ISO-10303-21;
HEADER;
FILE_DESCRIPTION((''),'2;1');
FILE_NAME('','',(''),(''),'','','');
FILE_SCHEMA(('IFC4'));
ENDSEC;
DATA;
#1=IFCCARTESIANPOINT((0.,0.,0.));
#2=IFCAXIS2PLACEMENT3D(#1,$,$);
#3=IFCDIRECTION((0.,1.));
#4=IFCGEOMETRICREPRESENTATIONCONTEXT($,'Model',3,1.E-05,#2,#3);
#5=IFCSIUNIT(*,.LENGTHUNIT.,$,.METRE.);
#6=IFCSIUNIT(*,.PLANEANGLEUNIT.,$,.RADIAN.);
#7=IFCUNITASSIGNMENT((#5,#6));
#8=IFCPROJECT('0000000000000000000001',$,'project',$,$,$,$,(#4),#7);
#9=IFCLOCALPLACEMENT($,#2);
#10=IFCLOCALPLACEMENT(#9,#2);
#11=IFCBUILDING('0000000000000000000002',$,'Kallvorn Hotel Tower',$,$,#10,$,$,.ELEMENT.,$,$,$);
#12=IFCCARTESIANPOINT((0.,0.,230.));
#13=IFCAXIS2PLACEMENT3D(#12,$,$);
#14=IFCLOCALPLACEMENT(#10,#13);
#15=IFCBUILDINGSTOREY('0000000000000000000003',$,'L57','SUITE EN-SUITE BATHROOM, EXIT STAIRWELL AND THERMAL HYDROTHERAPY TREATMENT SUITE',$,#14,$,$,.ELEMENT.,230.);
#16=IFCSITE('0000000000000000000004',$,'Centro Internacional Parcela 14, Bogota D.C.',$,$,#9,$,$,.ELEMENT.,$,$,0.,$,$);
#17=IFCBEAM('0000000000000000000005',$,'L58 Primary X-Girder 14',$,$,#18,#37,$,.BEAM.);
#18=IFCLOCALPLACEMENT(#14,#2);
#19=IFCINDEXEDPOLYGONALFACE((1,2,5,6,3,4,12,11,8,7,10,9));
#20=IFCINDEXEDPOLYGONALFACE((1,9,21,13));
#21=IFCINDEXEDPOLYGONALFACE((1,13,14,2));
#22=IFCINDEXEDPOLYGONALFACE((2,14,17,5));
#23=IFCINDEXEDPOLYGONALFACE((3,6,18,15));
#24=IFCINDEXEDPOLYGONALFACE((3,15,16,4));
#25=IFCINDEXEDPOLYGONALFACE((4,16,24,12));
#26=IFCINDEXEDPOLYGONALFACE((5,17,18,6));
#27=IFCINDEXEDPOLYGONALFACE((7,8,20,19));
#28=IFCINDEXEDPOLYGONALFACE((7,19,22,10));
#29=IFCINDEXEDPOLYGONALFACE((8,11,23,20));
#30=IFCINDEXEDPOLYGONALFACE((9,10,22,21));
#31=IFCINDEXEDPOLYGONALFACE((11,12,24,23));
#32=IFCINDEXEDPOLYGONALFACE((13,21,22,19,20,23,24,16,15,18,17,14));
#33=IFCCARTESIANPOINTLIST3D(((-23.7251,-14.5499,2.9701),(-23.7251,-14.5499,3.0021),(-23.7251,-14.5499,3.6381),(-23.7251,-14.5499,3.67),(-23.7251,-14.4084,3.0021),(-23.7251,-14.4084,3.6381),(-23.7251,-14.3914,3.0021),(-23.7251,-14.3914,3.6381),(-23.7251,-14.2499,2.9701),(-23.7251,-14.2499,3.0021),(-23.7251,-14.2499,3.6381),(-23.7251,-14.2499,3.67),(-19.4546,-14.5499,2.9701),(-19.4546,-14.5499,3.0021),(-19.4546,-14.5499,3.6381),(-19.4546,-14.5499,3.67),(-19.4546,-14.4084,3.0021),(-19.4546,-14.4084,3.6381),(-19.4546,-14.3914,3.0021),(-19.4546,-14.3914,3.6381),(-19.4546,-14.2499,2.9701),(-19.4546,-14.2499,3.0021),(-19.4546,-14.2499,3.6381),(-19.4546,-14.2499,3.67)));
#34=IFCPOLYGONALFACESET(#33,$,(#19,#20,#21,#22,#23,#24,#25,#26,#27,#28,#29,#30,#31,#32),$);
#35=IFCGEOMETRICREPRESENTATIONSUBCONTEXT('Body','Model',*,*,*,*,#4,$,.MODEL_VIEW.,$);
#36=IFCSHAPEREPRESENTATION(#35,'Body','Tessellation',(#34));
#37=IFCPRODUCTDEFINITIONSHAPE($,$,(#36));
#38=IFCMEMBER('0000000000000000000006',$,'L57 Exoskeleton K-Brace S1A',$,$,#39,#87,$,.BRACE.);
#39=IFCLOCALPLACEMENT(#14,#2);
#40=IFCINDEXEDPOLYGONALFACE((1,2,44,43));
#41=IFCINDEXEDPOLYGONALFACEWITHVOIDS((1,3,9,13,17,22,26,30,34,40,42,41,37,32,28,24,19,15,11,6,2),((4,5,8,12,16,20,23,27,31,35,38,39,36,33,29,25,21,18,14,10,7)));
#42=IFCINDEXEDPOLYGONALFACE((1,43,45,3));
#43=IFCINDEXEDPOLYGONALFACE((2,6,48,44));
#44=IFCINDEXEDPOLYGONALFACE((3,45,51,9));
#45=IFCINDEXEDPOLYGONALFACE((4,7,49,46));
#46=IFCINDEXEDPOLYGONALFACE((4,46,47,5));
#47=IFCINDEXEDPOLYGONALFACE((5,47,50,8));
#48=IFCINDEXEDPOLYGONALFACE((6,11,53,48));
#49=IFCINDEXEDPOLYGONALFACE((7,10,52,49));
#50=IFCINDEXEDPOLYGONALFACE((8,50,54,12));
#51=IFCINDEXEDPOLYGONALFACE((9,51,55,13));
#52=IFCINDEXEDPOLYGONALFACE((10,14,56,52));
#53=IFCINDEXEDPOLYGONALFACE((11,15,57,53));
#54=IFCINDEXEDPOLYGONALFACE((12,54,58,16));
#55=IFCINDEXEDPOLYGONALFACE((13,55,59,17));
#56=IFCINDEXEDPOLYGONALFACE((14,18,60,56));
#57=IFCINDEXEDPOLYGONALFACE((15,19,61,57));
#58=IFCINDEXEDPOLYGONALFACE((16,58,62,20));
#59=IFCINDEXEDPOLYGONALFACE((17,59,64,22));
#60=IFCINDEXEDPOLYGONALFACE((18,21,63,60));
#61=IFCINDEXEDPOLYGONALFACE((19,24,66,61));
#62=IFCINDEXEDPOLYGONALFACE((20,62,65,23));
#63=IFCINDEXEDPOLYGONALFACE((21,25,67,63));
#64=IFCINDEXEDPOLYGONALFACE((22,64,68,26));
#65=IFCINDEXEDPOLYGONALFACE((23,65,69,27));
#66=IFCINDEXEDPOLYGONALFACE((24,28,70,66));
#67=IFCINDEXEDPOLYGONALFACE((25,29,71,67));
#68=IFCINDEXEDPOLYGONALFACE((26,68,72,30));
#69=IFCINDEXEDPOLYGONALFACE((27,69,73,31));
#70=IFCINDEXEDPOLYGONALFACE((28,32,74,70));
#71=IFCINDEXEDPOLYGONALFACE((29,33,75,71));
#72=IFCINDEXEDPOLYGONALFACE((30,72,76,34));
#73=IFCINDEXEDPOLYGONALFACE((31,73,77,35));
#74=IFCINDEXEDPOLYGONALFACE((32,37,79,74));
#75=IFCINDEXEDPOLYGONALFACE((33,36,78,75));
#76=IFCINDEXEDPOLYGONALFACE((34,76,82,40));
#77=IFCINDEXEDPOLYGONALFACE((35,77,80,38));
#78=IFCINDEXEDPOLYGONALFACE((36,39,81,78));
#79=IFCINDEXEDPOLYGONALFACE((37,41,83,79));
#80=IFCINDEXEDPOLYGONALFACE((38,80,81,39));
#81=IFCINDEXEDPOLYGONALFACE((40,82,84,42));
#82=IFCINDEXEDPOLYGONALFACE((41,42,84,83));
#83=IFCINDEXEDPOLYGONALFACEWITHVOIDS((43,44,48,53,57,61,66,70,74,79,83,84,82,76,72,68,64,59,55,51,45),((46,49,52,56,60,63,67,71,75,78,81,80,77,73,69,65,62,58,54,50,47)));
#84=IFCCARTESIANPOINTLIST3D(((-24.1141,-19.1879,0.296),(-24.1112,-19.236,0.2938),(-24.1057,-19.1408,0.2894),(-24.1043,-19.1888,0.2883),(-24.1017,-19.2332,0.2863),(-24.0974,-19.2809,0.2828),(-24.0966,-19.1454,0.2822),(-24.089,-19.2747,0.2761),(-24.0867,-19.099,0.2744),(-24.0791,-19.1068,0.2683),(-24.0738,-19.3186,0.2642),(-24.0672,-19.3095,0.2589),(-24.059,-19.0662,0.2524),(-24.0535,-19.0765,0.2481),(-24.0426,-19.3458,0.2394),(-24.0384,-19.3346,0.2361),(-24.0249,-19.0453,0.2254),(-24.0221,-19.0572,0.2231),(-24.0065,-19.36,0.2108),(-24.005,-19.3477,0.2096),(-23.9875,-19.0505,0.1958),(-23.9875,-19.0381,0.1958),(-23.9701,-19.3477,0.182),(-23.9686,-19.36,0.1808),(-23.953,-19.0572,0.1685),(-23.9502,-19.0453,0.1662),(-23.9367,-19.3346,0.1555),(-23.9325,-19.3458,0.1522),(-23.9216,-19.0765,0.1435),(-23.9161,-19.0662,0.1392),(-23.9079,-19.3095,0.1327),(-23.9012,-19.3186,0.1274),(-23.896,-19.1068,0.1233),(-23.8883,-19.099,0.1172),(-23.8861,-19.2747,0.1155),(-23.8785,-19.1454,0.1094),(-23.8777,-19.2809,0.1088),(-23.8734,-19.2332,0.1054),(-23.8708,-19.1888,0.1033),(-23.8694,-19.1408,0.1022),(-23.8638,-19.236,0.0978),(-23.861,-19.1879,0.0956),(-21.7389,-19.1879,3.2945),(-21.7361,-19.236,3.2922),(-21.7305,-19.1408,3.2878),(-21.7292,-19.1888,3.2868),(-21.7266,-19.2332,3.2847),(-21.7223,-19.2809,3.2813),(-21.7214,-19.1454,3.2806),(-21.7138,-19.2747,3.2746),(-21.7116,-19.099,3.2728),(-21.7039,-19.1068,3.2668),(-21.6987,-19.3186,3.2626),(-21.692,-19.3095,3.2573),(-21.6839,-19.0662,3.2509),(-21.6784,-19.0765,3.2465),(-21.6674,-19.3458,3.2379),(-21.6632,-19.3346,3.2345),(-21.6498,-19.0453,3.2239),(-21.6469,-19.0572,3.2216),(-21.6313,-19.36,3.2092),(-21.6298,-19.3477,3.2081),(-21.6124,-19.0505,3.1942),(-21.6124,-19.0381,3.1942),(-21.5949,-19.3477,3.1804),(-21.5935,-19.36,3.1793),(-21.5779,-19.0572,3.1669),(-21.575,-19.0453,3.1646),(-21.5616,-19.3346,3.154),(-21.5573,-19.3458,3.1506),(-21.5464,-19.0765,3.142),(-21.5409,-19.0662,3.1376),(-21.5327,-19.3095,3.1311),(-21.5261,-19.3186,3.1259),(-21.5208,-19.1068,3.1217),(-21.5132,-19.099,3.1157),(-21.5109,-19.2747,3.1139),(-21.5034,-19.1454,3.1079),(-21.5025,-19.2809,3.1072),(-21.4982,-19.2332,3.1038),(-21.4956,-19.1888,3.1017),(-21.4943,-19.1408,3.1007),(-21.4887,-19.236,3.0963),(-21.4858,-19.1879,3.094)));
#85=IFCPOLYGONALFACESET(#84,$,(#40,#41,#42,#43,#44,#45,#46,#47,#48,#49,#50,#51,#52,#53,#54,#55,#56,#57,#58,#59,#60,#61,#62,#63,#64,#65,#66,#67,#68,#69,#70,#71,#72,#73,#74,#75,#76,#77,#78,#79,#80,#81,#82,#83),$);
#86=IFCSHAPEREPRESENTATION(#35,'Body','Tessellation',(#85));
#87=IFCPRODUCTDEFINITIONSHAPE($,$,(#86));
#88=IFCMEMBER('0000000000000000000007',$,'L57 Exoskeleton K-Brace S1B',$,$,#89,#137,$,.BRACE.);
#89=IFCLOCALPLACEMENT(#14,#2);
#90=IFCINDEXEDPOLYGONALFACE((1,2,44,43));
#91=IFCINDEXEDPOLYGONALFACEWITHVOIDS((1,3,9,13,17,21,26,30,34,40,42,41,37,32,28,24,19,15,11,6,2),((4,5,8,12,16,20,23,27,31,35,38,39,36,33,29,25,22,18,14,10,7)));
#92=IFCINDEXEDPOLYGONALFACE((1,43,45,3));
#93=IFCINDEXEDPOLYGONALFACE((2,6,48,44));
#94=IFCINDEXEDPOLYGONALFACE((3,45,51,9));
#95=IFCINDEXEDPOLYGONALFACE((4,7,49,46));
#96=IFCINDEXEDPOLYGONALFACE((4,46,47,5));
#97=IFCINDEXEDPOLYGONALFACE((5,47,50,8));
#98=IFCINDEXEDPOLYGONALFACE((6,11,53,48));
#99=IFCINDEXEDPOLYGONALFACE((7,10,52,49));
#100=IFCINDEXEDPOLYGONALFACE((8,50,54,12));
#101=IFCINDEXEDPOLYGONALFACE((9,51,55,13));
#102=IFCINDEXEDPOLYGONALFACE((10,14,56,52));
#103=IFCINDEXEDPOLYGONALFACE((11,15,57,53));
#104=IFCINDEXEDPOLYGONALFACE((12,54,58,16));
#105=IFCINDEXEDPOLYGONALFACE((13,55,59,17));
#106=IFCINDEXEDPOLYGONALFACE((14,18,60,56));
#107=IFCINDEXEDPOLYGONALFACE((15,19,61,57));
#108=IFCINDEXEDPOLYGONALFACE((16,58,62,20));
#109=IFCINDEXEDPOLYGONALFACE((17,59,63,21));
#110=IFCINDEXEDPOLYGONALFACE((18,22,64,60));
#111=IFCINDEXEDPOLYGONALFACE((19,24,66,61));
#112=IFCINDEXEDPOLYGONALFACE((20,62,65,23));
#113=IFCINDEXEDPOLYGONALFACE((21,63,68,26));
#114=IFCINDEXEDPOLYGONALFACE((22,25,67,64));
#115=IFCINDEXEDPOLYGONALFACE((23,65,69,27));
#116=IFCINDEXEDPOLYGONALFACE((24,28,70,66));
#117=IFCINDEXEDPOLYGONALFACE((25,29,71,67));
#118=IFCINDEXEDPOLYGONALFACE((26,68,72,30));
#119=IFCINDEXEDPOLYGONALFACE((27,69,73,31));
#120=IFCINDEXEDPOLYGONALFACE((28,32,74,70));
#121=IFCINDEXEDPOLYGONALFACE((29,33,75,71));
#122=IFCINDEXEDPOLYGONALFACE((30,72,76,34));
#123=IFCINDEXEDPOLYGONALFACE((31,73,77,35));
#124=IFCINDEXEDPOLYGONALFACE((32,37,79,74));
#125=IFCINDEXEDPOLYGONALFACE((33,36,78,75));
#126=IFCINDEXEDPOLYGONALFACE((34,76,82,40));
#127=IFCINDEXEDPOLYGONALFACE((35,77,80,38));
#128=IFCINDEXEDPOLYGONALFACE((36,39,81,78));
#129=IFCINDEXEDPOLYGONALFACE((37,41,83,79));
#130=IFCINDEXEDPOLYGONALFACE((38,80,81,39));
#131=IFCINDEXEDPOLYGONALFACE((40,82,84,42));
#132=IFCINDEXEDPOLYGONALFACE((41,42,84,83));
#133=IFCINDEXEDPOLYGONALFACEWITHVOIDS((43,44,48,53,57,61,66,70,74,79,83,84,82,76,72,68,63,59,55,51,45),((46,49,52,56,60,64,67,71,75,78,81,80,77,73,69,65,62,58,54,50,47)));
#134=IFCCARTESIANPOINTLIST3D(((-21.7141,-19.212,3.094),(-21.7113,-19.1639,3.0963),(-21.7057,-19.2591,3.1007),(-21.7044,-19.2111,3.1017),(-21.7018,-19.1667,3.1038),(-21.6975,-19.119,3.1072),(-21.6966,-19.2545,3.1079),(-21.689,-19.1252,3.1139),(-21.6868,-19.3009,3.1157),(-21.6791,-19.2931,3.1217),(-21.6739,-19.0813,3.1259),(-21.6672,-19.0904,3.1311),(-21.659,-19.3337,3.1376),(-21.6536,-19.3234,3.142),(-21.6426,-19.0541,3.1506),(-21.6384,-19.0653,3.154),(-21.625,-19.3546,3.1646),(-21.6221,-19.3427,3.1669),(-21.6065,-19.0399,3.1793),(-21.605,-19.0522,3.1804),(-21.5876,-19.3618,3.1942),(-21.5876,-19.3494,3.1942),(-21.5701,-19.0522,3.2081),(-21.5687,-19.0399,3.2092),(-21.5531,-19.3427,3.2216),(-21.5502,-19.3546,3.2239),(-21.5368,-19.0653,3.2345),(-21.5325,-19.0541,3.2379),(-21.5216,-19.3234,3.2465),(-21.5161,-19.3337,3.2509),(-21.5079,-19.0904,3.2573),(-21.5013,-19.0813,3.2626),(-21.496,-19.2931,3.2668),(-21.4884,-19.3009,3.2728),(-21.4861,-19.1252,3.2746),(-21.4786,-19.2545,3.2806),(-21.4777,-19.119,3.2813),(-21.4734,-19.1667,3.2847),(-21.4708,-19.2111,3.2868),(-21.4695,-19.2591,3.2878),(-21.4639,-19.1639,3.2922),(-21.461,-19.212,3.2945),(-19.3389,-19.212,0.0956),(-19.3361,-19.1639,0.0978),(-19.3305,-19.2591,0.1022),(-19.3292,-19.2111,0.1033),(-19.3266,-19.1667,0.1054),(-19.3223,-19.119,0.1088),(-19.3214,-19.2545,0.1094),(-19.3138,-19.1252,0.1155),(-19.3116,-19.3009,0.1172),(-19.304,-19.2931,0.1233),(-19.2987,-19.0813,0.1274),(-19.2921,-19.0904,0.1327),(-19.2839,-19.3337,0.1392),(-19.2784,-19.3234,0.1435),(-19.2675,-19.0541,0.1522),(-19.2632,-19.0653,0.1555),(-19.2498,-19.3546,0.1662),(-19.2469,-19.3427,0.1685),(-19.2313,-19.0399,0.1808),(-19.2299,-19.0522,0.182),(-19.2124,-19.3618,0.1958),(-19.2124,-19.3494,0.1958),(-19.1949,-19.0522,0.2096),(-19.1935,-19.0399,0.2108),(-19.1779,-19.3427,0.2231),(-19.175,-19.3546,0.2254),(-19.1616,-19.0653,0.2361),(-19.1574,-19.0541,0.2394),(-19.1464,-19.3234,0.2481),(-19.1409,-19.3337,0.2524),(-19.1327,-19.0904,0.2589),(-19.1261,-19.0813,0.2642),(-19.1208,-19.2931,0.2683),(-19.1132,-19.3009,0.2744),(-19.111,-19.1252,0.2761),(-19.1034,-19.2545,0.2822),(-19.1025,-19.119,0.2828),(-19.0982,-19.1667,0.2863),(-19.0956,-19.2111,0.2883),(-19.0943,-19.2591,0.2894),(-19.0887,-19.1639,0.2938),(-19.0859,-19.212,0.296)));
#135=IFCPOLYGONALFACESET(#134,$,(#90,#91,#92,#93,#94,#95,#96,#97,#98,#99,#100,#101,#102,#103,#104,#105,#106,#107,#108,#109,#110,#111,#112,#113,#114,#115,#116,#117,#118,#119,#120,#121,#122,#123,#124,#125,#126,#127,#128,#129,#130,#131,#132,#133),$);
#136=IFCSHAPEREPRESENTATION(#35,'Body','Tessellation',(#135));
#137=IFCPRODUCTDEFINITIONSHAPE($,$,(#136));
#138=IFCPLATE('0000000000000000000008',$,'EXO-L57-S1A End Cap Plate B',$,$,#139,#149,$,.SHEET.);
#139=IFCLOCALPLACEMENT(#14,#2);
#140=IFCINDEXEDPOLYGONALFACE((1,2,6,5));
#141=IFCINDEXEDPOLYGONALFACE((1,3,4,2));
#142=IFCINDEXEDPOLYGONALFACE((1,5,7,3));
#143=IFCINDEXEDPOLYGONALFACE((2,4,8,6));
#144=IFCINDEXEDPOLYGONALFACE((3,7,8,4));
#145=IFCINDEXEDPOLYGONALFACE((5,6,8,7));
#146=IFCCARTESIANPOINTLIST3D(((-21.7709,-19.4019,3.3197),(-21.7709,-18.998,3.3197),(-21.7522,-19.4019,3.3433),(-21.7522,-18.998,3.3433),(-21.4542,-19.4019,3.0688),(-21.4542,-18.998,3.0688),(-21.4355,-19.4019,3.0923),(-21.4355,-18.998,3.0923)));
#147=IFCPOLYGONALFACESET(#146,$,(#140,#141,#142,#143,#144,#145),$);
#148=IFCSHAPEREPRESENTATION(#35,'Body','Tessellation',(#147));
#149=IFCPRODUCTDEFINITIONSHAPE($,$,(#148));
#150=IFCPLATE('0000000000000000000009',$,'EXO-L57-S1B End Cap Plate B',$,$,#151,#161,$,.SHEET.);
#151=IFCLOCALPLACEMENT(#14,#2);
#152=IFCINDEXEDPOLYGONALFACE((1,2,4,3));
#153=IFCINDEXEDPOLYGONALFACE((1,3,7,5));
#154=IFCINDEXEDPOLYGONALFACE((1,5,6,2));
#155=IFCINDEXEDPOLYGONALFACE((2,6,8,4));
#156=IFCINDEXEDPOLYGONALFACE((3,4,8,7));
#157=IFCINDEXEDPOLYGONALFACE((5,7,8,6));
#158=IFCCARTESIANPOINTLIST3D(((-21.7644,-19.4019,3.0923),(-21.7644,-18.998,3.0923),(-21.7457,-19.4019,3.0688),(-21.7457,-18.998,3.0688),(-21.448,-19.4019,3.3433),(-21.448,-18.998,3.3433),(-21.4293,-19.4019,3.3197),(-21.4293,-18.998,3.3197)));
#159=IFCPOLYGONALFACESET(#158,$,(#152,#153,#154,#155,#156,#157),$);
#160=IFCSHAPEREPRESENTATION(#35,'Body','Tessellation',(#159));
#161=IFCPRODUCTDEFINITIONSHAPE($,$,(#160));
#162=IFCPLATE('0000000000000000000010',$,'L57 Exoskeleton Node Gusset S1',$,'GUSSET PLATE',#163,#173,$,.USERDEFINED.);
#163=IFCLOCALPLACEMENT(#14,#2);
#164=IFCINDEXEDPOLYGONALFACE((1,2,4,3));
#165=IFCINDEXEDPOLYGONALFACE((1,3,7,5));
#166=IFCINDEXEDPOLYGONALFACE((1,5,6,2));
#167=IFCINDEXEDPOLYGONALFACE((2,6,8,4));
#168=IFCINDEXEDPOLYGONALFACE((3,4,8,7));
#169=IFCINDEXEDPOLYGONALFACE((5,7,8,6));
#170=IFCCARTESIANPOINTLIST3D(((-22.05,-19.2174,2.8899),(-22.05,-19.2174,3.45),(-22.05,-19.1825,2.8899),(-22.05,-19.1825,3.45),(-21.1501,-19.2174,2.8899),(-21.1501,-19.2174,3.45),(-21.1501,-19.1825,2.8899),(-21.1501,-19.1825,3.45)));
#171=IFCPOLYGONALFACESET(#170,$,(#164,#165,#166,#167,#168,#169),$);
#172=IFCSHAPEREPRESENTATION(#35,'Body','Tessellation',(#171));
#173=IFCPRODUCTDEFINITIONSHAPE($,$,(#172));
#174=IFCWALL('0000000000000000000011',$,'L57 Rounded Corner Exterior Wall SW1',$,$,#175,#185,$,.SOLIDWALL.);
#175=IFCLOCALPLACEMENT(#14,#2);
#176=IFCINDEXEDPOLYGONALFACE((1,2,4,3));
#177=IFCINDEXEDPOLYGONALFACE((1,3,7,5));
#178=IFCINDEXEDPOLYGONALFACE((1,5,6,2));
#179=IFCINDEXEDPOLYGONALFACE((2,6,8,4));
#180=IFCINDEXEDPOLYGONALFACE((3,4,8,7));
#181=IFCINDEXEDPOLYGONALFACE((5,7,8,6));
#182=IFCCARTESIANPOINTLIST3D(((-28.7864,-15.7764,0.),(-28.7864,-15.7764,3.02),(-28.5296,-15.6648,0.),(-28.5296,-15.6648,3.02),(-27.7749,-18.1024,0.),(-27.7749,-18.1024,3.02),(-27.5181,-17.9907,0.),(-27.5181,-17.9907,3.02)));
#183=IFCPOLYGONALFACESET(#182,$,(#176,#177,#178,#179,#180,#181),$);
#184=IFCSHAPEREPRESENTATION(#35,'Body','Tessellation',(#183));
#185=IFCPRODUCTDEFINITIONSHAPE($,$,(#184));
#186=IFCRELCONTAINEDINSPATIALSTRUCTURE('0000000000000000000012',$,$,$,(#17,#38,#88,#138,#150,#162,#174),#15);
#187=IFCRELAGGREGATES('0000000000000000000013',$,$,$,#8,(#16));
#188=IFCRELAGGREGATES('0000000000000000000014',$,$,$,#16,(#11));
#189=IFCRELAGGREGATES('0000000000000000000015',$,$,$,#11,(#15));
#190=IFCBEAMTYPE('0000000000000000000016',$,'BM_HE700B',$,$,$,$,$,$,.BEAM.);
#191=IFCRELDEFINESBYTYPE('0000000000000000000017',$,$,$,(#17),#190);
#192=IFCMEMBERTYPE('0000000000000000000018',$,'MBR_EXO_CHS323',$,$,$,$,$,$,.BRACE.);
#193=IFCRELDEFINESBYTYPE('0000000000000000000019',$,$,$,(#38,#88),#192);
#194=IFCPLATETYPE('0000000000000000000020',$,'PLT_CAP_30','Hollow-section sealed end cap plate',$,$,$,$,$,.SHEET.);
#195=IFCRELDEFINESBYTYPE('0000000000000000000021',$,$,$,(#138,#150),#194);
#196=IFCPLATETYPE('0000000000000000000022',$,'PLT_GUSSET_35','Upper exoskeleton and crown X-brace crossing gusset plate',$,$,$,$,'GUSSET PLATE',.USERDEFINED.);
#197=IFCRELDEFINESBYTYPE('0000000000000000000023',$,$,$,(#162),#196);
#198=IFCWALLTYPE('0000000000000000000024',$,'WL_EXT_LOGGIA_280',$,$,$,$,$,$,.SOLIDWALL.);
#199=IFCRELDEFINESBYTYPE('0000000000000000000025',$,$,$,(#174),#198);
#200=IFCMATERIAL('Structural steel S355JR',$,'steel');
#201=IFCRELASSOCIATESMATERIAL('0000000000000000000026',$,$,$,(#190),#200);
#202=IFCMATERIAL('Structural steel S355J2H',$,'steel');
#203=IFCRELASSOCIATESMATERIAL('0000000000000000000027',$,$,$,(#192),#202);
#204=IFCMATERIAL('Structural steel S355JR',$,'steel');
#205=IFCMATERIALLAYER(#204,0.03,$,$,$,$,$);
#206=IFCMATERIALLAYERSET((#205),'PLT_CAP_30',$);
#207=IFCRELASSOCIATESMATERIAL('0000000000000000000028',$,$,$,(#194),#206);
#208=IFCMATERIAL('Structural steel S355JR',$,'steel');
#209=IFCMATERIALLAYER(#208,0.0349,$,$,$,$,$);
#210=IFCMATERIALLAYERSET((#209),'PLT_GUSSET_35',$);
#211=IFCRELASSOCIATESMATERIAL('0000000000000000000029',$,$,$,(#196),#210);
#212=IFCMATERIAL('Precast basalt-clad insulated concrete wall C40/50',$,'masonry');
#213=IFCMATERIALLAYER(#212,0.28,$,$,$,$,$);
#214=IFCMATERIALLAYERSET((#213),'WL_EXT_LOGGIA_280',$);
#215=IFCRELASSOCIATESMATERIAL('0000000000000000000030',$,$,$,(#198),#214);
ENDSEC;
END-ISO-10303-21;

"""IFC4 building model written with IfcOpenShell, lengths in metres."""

from ifc_helpers import new_model, si_unit, direction, frame, frame_2d, origin, origin_2d, place, context, subcontext, project, spatial, polyline, rectangle, hollow_circle, i_section, outline, extrude, material, layer, layer_set, material_profile, profile_set, type_object, element, save


model = new_model("IFC4")

# Units and contexts
model_context = context("Model", 3, precision=1e-05, world=origin(), true_north=direction((0.0, 1.0)))
body_context = subcontext(model_context, "Body", "Model", "MODEL_VIEW")
ifc_project = project(units=[si_unit("LENGTHUNIT", "METRE"), si_unit("PLANEANGLEUNIT", "RADIAN")], contexts=[model_context])

# Site, building, storey
site_placement = place(None, origin())
site = spatial("IfcSite", under=ifc_project, at=site_placement, Name="Centro Internacional Parcela 14, Bogota D.C.", CompositionType="ELEMENT", RefElevation=0.0)
building_placement = place(site_placement, origin())
building = spatial("IfcBuilding", under=site, at=building_placement, Name="Kallvorn Hotel Tower", CompositionType="ELEMENT")
storey_placement = place(building_placement, frame((0.0, 0.0, 230.0)))
storey = spatial("IfcBuildingStorey", under=building, at=storey_placement, Name="L57", Description="SUITE EN-SUITE BATHROOM, EXIT STAIRWELL AND THERMAL HYDROTHERAPY TREATMENT SUITE", CompositionType="ELEMENT", Elevation=230.0)

# Beam
ifc_material_1 = material(Name="Structural steel S355JR", Category="steel")
ifc_material_profile_1 = material_profile(ifc_material_1, i_section(OverallWidth=0.3, OverallDepth=0.7, WebThickness=0.0171, FlangeThickness=0.032, at=origin_2d()), Name="HE 700 B")
ifc_profile_set_1 = profile_set([ifc_material_profile_1], Name="Structural steel S355JR")
beam_type_1 = type_object("IfcBeamType", Name="BM_HE700B", PredefinedType="BEAM", material=ifc_profile_set_1)
for number, where, z_axis, x_axis, name in (
    (1, (-23.7251, -14.3999, 3.3201), (1.0, 0.0, 0.0), (0.0, 1.0, 0.0), "L58 Primary X-Girder 14"),
):
    element("IfcBeam", number, at=place(storey_placement, frame(where, z_axis=z_axis, x_axis=x_axis)), inside=storey, type_object=beam_type_1, Name=name, PredefinedType="BEAM", context=body_context, shape_type="SweptSolid", body=[
        extrude(i_section(OverallWidth=0.3, OverallDepth=0.7, WebThickness=0.0171, FlangeThickness=0.032, at=origin_2d()), origin(), (0.0, 0.0, 1.0), 4.2705),
    ])

# Members
ifc_material_2 = material(Name="Structural steel S355J2H", Category="steel")
ifc_material_profile_2 = material_profile(ifc_material_2, hollow_circle(Radius=0.1619, WallThickness=0.0125, at=origin_2d()), Name="CHS 323.9x12.5")
ifc_profile_set_2 = profile_set([ifc_material_profile_2], Name="Structural steel S355J2H")
member_type = type_object("IfcMemberType", Name="MBR_EXO_CHS323", PredefinedType="BRACE", material=ifc_profile_set_2)
for number, where, z_axis, x_axis, name in (
    (2, (-23.9875, -19.2, 0.1958), (0.620929, 0.0, 0.783867), (0.0, 1.0, 0.0), "L57 Exoskeleton K-Brace S1A"),
    (3, (-19.2124, -19.2, 0.1958), (-0.620929, 0.0, 0.783867), (0.0, -1.0, 0.0), "L57 Exoskeleton K-Brace S1B"),
):
    element("IfcMember", number, at=place(storey_placement, frame(where, z_axis=z_axis, x_axis=x_axis)), inside=storey, type_object=member_type, Name=name, PredefinedType="BRACE", context=body_context, shape_type="SweptSolid", body=[
        extrude(hollow_circle(Radius=0.1619, WallThickness=0.0125, at=origin_2d()), origin(), (0.0, 0.0, 1.0), 3.8252),
    ])

# Plates
ifc_material_3 = material(Name="Structural steel S355JR", Category="steel")
ifc_layer_1 = layer(ifc_material_3, 0.03)
ifc_layer_set_1 = layer_set([ifc_layer_1], Name="PLT_CAP_30")
plate_type_1 = type_object("IfcPlateType", Name="PLT_CAP_30", Description="Hollow-section sealed end cap plate", PredefinedType="SHEET", material=ifc_layer_set_1)
plate_1_placement = place(storey_placement, frame((-21.4355, -19.4019, 3.0923), z_axis=(0.621152, 0.0, 0.78369), x_axis=(0.0, 1.0, 0.0)))
element("IfcPlate", 4, at=plate_1_placement, inside=storey, type_object=plate_type_1, Name="EXO-L57-S1A End Cap Plate B", PredefinedType="SHEET", context=body_context, shape_type="SweptSolid", body=[
    extrude(outline(polyline([(0.0, 0.0), (0.4038, 0.0), (0.4038, 0.4041), (0.0, 0.4041), (0.0, 0.0)])), origin(), (0.0, 0.0, -1.0), 0.03),
])
plate_2_placement = place(storey_placement, frame((-21.7644, -18.998, 3.0923), z_axis=(-0.621446, 0.0, 0.783457), x_axis=(0.0, -1.0, 0.0)))
element("IfcPlate", 5, at=plate_2_placement, inside=storey, type_object=plate_type_1, Name="EXO-L57-S1B End Cap Plate B", PredefinedType="SHEET", context=body_context, shape_type="SweptSolid", body=[
    extrude(outline(polyline([(0.0, 0.0), (0.4038, 0.0), (0.4038, 0.4039), (0.0, 0.4039), (0.0, 0.0)])), origin(), (0.0, 0.0, -1.0), 0.03),
])
ifc_material_4 = material(Name="Structural steel S355JR", Category="steel")
ifc_layer_2 = layer(ifc_material_4, 0.0349)
ifc_layer_set_2 = layer_set([ifc_layer_2], Name="PLT_GUSSET_35")
plate_type_2 = type_object("IfcPlateType", Name="PLT_GUSSET_35", Description="Upper exoskeleton and crown X-brace crossing gusset plate", ElementType="GUSSET PLATE", PredefinedType="USERDEFINED", material=ifc_layer_set_2)
plate_3_placement = place(storey_placement, frame((-21.6001, -19.2, 2.8899), z_axis=(0.0, 0.0, 1.0), x_axis=(1.0, 0.0, 0.0)))
element("IfcPlate", 6, at=plate_3_placement, inside=storey, type_object=plate_type_2, Name="L57 Exoskeleton Node Gusset S1", ObjectType="GUSSET PLATE", PredefinedType="USERDEFINED", context=body_context, shape_type="SweptSolid", body=[
    extrude(rectangle(XDim=0.8999, YDim=0.0349, at=origin_2d()), origin(), (0.0, 0.0, 1.0), 0.5601),
])

# Wall
ifc_material_5 = material(Name="Precast basalt-clad insulated concrete wall C40/50", Category="masonry")
ifc_layer_3 = layer(ifc_material_5, 0.28)
ifc_layer_set_3 = layer_set([ifc_layer_3], Name="WL_EXT_LOGGIA_280")
wall_type_1 = type_object("IfcWallType", Name="WL_EXT_LOGGIA_280", PredefinedType="SOLIDWALL", material=ifc_layer_set_3)
wall_1_placement = place(storey_placement, frame((-28.658, -15.7207, 0.0), z_axis=(0.0, 0.0, 1.0), x_axis=(0.398793, -0.917041, 0.0)))
element("IfcWall", 7, at=wall_1_placement, inside=storey, type_object=wall_type_1, Name="L57 Rounded Corner Exterior Wall SW1", PredefinedType="SOLIDWALL", context=body_context, shape_type="SweptSolid", body=[
    extrude(rectangle(XDim=2.5364, YDim=0.28, at=frame_2d((1.2681, 0.0))), origin(), (0.0, 0.0, 1.0), 3.02),
])

save(model, "model.ifc")
